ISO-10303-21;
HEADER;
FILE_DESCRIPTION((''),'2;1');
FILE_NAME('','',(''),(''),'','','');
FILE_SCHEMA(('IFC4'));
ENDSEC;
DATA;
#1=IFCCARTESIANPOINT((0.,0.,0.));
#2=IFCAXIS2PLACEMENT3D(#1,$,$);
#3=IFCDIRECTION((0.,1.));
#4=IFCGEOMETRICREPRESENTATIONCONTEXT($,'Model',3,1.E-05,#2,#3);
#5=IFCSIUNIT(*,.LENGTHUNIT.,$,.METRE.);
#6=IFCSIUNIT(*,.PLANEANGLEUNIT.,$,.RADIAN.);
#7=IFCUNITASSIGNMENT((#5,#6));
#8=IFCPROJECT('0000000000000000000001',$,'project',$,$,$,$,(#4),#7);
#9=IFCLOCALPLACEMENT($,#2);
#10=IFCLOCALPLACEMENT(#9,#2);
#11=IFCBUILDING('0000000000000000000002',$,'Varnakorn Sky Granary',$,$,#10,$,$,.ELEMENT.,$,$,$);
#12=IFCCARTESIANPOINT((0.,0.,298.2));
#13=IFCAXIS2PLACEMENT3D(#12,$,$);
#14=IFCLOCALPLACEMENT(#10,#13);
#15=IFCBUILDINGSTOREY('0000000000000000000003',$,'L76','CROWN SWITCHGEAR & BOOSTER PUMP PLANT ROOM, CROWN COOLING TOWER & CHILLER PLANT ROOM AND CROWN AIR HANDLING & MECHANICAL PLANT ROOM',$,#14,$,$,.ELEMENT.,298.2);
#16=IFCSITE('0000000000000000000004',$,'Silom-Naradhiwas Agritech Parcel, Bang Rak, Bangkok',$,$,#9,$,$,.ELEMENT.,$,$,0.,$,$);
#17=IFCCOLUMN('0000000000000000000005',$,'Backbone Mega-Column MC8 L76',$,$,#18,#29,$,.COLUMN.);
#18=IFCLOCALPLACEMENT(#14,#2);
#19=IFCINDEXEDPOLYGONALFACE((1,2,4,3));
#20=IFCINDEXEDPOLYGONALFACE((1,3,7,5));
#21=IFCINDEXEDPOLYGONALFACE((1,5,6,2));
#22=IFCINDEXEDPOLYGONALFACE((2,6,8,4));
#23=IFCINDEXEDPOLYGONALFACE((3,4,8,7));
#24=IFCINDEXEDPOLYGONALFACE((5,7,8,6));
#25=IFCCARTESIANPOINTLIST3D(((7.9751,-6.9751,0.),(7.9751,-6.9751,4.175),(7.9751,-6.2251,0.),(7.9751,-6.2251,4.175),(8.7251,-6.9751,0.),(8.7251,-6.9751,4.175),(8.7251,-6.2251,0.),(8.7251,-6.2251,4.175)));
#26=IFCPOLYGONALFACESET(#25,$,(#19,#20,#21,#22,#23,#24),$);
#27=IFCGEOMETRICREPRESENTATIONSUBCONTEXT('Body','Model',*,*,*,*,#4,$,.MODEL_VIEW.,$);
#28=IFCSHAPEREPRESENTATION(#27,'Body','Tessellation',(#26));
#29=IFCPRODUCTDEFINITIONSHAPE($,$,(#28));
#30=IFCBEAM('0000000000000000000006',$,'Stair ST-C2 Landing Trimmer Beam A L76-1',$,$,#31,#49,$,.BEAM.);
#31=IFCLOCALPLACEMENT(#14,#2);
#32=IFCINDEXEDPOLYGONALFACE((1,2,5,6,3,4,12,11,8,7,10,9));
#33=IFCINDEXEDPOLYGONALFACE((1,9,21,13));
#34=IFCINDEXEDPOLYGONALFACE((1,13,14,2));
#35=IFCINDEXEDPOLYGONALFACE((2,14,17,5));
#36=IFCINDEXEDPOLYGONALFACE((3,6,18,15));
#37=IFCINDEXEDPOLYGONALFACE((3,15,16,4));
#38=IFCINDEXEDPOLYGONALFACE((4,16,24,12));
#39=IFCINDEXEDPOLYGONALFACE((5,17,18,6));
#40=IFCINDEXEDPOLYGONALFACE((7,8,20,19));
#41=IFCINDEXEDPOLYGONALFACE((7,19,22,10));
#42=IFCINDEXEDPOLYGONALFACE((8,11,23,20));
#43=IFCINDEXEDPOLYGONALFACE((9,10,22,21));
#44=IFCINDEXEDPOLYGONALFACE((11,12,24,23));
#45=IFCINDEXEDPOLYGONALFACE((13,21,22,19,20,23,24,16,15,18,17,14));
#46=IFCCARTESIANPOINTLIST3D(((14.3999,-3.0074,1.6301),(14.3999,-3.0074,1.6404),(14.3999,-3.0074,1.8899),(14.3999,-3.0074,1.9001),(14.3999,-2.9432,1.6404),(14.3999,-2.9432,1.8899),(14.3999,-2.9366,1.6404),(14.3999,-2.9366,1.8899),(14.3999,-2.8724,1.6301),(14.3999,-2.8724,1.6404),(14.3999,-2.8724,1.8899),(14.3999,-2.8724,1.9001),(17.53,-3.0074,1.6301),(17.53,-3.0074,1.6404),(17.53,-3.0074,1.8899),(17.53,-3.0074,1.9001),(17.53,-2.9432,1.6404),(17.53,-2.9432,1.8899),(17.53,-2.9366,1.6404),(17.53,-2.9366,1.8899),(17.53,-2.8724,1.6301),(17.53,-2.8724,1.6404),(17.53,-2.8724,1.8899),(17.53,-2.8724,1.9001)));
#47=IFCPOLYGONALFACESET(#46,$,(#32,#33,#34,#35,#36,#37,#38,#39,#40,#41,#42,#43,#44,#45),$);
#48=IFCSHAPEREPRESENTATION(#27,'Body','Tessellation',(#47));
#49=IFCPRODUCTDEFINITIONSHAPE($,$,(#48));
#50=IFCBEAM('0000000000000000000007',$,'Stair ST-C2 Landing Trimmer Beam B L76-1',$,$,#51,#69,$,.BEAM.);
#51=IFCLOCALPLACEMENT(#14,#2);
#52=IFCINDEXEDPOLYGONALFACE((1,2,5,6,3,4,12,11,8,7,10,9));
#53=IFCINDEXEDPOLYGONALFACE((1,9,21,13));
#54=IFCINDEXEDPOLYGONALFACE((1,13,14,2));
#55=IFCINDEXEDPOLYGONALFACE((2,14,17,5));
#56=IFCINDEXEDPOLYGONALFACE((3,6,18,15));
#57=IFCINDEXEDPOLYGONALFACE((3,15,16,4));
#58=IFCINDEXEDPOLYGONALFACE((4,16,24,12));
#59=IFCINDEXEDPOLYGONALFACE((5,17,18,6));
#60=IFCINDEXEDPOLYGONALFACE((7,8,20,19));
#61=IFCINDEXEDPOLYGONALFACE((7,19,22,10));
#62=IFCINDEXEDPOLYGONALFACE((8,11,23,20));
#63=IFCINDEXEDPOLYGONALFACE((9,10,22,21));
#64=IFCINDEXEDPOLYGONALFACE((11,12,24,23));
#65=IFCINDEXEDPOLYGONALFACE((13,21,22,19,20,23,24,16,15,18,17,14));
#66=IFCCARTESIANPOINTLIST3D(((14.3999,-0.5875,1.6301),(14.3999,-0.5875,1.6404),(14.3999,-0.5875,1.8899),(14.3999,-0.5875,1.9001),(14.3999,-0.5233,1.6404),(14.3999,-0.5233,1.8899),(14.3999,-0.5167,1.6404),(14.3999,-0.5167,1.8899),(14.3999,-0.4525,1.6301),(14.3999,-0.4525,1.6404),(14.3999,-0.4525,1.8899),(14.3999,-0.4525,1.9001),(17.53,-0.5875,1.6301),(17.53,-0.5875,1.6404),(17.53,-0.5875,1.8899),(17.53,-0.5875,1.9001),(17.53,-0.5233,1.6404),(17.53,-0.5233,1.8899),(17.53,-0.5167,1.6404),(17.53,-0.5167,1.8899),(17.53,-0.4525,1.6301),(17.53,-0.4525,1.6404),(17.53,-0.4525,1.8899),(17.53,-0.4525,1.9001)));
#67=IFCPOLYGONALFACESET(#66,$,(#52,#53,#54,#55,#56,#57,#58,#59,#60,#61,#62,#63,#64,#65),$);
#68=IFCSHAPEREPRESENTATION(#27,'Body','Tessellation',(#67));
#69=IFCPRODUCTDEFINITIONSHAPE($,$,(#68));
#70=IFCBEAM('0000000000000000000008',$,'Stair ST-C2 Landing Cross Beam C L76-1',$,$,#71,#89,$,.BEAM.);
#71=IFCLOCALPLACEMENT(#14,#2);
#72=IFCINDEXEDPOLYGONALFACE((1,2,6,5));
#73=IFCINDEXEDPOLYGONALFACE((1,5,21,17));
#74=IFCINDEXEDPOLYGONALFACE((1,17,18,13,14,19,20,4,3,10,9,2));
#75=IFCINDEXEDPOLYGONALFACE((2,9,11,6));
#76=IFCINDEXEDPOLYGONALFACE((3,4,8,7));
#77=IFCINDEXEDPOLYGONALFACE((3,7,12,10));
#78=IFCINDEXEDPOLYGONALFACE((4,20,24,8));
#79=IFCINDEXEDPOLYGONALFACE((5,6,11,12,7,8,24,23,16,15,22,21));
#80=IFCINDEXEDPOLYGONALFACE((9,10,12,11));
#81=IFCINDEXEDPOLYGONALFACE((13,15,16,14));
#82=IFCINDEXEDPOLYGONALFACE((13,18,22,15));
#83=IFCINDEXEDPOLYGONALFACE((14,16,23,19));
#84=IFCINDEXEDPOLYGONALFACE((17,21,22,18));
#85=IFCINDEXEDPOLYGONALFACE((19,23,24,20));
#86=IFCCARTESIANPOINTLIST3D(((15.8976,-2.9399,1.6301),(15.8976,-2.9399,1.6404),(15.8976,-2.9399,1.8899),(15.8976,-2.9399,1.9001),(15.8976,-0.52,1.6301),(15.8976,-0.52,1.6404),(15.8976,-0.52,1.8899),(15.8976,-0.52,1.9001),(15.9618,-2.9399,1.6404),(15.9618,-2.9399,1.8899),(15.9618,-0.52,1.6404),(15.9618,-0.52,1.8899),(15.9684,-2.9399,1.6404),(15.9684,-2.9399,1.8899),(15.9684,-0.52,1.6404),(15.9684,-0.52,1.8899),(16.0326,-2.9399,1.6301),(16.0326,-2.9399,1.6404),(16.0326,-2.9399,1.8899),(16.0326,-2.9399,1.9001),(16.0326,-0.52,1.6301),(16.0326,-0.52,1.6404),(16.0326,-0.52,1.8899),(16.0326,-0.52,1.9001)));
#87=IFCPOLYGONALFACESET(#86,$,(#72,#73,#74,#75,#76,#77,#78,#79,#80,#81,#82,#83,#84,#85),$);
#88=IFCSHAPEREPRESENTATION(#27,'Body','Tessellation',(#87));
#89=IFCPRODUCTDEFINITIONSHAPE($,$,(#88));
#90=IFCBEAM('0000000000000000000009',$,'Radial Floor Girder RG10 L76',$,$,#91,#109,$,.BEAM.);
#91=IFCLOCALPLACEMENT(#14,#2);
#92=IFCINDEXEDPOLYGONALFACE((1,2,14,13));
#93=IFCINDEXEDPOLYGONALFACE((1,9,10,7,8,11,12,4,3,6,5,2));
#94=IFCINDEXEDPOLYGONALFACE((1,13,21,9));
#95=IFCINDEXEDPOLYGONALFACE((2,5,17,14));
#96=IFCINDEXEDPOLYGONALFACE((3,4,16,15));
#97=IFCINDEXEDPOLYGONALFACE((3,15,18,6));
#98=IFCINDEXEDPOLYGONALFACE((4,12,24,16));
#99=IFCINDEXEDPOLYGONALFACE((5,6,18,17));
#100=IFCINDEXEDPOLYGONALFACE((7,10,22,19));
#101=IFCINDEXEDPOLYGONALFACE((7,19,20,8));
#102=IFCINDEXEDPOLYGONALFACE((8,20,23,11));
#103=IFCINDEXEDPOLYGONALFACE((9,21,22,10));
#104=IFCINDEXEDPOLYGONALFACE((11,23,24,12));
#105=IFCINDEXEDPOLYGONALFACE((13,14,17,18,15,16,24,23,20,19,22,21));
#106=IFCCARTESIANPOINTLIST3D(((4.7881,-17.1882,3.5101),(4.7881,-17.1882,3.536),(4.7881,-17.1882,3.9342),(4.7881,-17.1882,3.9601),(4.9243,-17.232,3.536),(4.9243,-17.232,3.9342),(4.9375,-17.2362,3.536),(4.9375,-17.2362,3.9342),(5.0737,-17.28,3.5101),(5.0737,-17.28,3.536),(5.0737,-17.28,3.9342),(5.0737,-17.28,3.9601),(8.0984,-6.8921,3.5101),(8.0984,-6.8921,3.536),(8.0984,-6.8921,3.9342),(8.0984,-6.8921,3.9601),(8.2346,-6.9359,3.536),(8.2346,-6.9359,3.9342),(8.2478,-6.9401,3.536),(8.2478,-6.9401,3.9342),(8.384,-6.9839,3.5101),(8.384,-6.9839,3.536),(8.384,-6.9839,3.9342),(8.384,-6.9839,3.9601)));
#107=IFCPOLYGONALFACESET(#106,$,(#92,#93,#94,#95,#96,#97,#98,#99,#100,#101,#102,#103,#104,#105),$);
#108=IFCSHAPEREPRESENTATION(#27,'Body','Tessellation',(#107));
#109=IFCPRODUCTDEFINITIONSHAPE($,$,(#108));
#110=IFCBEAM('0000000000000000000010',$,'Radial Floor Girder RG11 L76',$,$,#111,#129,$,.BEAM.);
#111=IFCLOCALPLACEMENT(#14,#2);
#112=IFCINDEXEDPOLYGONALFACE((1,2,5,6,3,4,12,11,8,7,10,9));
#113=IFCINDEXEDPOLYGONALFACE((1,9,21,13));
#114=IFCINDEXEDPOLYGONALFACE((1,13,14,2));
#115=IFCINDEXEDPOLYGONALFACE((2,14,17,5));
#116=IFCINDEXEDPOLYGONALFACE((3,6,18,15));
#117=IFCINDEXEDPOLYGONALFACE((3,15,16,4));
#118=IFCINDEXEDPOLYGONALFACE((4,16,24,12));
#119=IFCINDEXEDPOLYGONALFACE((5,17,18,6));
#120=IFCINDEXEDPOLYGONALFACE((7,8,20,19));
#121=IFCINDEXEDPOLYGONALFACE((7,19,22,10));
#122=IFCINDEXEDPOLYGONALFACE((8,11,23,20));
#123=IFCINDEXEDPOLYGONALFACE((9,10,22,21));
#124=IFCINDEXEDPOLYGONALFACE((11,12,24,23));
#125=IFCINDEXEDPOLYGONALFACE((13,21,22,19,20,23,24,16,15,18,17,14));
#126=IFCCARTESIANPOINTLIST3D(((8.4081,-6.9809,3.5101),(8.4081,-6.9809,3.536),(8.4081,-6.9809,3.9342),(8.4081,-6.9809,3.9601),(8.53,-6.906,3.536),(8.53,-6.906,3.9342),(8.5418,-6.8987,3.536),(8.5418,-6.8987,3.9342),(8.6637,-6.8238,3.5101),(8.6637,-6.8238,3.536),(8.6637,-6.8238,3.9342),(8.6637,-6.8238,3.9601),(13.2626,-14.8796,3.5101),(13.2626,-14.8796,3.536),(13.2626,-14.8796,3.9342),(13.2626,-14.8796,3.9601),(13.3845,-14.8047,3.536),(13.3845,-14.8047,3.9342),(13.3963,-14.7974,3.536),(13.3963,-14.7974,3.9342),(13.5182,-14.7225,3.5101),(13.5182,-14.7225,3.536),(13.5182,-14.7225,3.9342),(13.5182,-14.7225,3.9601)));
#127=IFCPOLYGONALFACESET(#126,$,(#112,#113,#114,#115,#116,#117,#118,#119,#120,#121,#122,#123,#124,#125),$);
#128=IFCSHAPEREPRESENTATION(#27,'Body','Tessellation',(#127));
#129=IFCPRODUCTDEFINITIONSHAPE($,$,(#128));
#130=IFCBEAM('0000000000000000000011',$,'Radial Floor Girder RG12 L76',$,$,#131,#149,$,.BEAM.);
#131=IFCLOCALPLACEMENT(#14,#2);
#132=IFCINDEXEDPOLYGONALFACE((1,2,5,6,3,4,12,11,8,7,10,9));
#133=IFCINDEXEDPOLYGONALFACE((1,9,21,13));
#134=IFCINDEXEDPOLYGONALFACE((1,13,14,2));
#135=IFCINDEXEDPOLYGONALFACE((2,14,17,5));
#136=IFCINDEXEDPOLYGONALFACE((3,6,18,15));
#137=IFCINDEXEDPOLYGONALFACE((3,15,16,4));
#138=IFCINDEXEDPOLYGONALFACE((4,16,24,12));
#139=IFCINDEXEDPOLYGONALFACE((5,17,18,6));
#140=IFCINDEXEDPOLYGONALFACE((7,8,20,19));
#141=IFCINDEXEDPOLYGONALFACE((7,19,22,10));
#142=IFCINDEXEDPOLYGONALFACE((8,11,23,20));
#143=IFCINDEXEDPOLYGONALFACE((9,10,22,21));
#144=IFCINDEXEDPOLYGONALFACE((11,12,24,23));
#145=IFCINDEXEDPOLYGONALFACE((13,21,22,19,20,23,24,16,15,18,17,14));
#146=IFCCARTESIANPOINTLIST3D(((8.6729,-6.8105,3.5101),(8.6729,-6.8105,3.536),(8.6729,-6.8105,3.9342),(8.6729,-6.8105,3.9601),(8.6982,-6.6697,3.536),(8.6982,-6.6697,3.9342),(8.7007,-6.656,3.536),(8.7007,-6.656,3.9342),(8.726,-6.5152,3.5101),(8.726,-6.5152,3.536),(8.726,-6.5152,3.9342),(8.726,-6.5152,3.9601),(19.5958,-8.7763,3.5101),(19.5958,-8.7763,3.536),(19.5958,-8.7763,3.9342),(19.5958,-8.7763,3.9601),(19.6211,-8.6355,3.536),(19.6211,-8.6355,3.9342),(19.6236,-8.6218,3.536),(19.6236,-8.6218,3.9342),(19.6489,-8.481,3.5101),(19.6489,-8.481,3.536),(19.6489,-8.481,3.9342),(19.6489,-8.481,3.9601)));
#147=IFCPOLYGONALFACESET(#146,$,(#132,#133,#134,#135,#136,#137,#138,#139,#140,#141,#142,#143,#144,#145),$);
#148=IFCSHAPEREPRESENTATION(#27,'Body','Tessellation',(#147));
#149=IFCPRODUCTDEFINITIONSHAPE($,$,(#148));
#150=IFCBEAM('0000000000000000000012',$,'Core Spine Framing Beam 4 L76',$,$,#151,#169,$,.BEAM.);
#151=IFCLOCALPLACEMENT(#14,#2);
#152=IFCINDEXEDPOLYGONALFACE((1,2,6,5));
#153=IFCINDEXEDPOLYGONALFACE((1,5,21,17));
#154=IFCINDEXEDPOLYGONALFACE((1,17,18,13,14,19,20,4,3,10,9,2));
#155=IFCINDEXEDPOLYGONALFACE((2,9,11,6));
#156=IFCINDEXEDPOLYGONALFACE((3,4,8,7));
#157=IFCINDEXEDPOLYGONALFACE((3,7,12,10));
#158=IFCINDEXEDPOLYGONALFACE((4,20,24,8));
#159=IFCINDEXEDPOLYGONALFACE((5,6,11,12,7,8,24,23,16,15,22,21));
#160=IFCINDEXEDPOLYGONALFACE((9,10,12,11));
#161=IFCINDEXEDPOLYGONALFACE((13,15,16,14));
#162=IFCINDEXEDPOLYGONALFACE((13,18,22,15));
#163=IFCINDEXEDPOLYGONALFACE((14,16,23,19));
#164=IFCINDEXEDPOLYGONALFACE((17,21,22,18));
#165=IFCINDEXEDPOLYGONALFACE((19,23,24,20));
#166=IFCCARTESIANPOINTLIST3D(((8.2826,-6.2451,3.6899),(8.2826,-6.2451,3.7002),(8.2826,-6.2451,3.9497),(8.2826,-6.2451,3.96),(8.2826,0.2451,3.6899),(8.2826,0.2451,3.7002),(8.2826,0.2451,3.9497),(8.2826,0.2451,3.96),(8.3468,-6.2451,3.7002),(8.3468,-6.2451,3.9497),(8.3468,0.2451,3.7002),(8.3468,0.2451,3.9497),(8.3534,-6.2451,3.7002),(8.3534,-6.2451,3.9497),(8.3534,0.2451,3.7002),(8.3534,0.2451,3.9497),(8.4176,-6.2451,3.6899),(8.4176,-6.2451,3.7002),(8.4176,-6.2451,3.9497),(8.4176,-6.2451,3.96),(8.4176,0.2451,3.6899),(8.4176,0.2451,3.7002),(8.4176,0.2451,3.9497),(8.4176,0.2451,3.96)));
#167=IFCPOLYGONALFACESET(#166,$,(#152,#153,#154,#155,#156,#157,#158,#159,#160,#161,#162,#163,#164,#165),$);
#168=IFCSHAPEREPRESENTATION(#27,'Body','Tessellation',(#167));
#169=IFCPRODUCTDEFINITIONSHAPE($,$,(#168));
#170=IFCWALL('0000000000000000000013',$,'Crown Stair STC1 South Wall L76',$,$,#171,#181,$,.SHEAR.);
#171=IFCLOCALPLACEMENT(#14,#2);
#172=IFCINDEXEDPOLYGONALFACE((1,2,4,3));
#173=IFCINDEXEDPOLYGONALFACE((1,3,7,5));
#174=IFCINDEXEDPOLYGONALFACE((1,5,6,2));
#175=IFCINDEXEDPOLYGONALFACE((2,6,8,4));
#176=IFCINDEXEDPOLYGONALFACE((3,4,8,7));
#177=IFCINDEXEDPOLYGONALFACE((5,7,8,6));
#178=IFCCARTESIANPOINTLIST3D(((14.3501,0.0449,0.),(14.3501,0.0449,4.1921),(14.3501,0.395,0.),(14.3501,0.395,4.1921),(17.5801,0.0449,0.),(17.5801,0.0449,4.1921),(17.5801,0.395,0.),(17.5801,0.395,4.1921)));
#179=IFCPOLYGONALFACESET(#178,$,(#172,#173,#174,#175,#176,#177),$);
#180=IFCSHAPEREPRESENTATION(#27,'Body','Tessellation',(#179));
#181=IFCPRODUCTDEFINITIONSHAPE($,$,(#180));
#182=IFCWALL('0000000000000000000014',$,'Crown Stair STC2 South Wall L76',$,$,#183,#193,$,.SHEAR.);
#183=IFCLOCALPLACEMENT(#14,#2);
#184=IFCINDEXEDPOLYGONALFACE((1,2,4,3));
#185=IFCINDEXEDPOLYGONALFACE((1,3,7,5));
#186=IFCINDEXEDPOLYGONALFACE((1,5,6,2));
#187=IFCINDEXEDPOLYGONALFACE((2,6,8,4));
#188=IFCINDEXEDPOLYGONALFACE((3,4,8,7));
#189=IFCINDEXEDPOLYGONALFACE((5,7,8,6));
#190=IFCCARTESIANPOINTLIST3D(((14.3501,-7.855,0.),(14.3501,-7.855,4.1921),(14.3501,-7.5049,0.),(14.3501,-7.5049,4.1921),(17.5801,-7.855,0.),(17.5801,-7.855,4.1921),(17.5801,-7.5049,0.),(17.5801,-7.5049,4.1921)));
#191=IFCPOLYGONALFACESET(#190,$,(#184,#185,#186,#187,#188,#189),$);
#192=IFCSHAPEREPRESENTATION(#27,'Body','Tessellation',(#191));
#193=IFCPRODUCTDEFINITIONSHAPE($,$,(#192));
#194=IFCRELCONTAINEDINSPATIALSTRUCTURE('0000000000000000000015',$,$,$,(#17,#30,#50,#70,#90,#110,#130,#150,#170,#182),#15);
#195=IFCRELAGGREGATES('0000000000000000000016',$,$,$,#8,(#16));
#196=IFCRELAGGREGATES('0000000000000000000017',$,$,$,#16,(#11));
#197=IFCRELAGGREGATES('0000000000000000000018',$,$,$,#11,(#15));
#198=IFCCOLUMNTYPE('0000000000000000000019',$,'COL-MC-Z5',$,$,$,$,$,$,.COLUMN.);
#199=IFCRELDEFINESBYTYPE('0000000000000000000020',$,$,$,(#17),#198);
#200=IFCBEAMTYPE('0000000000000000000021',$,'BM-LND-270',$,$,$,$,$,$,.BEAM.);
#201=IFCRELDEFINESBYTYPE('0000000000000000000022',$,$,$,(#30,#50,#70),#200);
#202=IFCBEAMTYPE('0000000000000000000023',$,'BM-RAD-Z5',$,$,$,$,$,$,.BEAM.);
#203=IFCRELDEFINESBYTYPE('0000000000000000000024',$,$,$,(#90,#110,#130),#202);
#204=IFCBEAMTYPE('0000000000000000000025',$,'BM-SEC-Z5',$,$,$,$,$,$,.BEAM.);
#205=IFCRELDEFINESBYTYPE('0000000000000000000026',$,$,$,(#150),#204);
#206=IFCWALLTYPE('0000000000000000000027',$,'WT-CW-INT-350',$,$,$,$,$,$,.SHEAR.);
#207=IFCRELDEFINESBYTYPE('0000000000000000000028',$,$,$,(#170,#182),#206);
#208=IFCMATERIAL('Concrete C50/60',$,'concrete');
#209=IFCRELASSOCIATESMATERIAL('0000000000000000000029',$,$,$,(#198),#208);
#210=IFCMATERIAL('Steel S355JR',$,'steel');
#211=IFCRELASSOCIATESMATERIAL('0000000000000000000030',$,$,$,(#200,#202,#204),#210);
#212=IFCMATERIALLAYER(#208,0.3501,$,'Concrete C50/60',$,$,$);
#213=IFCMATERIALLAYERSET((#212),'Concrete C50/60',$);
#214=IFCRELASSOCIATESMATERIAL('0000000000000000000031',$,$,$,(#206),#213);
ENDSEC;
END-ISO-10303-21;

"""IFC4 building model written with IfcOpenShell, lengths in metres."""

from ifc_helpers import new_model, si_unit, direction, frame, frame_2d, origin, origin_2d, place, context, subcontext, project, spatial, rectangle, i_section, extrude, material, layer, layer_set, material_profile, profile_set, type_object, element, save


model = new_model("IFC4")

# Units and contexts
model_context = context("Model", 3, precision=1e-05, world=origin(), true_north=direction((0.0, 1.0)))
body_context = subcontext(model_context, "Body", "Model", "MODEL_VIEW")
ifc_project = project(units=[si_unit("LENGTHUNIT", "METRE"), si_unit("PLANEANGLEUNIT", "RADIAN")], contexts=[model_context])

# Site, building, storey
site_placement = place(None, origin())
site = spatial("IfcSite", under=ifc_project, at=site_placement, Name="Silom-Naradhiwas Agritech Parcel, Bang Rak, Bangkok", CompositionType="ELEMENT", RefElevation=0.0)
building_placement = place(site_placement, origin())
building = spatial("IfcBuilding", under=site, at=building_placement, Name="Varnakorn Sky Granary", CompositionType="ELEMENT")
storey_placement = place(building_placement, frame((0.0, 0.0, 298.2)))
storey = spatial("IfcBuildingStorey", under=building, at=storey_placement, Name="L76", Description="CROWN SWITCHGEAR & BOOSTER PUMP PLANT ROOM, CROWN COOLING TOWER & CHILLER PLANT ROOM AND CROWN AIR HANDLING & MECHANICAL PLANT ROOM", CompositionType="ELEMENT", Elevation=298.2)

# Column
ifc_material_1 = material(Name="Concrete C50/60", Category="concrete")
ifc_material_profile_1 = material_profile(ifc_material_1, rectangle(XDim=0.75, YDim=0.75, at=origin_2d()), Name="RC 750x750")
ifc_profile_set_1 = profile_set([ifc_material_profile_1], Name="Concrete C50/60")
column_type = type_object("IfcColumnType", Name="COL-MC-Z5", PredefinedType="COLUMN", material=ifc_profile_set_1)
column_placement = place(storey_placement, frame((8.3501, -6.6001, 0.0), z_axis=(0.0, 0.0, 1.0), x_axis=(1.0, 0.0, 0.0)))
element("IfcColumn", 1, at=column_placement, inside=storey, type_object=column_type, Name="Backbone Mega-Column MC8 L76", PredefinedType="COLUMN", context=body_context, shape_type="SweptSolid", body=[
    extrude(rectangle(XDim=0.75, YDim=0.75, at=origin_2d()), origin(), (0.0, 0.0, 1.0), 4.175),
])

# Beams
ifc_material_2 = material(Name="Steel S355JR", Category="steel")
ifc_material_profile_2 = material_profile(ifc_material_2, i_section(OverallWidth=0.135, OverallDepth=0.27, WebThickness=0.0066, FlangeThickness=0.0103, at=origin_2d()), Name="IPE 270")
ifc_profile_set_2 = profile_set([ifc_material_profile_2], Name="Steel S355JR")
beam_type_1 = type_object("IfcBeamType", Name="BM-LND-270", PredefinedType="BEAM", material=ifc_profile_set_2)
for number, where, z_axis, x_axis, name in (
    (2, (14.3999, -2.9399, 1.7651), (1.0, 0.0, 0.0), (0.0, 1.0, 0.0), "Stair ST-C2 Landing Trimmer Beam A L76-1"),
    (3, (14.3999, -0.52, 1.7651), (1.0, 0.0, 0.0), (0.0, 1.0, 0.0), "Stair ST-C2 Landing Trimmer Beam B L76-1"),
):
    element("IfcBeam", number, at=place(storey_placement, frame(where, z_axis=z_axis, x_axis=x_axis)), inside=storey, type_object=beam_type_1, Name=name, PredefinedType="BEAM", context=body_context, shape_type="SweptSolid", body=[
        extrude(i_section(OverallWidth=0.135, OverallDepth=0.27, WebThickness=0.0066, FlangeThickness=0.0103, at=origin_2d()), origin(), (0.0, 0.0, 1.0), 3.1301),
    ])
beam_1_placement = place(storey_placement, frame((15.9651, -2.9399, 1.7651), z_axis=(0.0, 1.0, 0.0), x_axis=(-1.0, 0.0, 0.0)))
element("IfcBeam", 4, at=beam_1_placement, inside=storey, type_object=beam_type_1, Name="Stair ST-C2 Landing Cross Beam C L76-1", PredefinedType="BEAM", context=body_context, shape_type="SweptSolid", body=[
    extrude(i_section(OverallWidth=0.135, OverallDepth=0.27, WebThickness=0.0066, FlangeThickness=0.0103, at=origin_2d()), origin(), (0.0, 0.0, 1.0), 2.4199),
])
ifc_material_profile_3 = material_profile(ifc_material_2, i_section(OverallWidth=0.3, OverallDepth=0.45, WebThickness=0.0139, FlangeThickness=0.0259, at=origin_2d()), Name="HE 450 B")
ifc_profile_set_3 = profile_set([ifc_material_profile_3], Name="Steel S355JR")
beam_type_2 = type_object("IfcBeamType", Name="BM-RAD-Z5", PredefinedType="BEAM", material=ifc_profile_set_3)
beam_2_placement = place(storey_placement, frame((8.2412, -6.938, 3.7351), z_axis=(-0.306079, -0.952006, 0.0), x_axis=(0.952006, -0.306079, 0.0)))
element("IfcBeam", 5, at=beam_2_placement, inside=storey, type_object=beam_type_2, Name="Radial Floor Girder RG10 L76", PredefinedType="BEAM", context=body_context, shape_type="SweptSolid", body=[
    extrude(i_section(OverallWidth=0.3, OverallDepth=0.45, WebThickness=0.0139, FlangeThickness=0.0259, at=origin_2d()), origin(), (0.0, 0.0, 1.0), 10.8152),
])
beam_3_placement = place(storey_placement, frame((8.5359, -6.9023, 3.7351), z_axis=(0.52361, -0.851958, 0.0), x_axis=(0.851958, 0.52361, 0.0)))
element("IfcBeam", 6, at=beam_3_placement, inside=storey, type_object=beam_type_2, Name="Radial Floor Girder RG11 L76", PredefinedType="BEAM", context=body_context, shape_type="SweptSolid", body=[
    extrude(i_section(OverallWidth=0.3, OverallDepth=0.45, WebThickness=0.0139, FlangeThickness=0.0259, at=origin_2d()), origin(), (0.0, 0.0, 1.0), 9.2712),
])
beam_4_placement = place(storey_placement, frame((8.6995, -6.6628, 3.7351), z_axis=(0.984188, -0.177127, 0.0), x_axis=(0.177127, 0.984188, 0.0)))
element("IfcBeam", 7, at=beam_4_placement, inside=storey, type_object=beam_type_2, Name="Radial Floor Girder RG12 L76", PredefinedType="BEAM", context=body_context, shape_type="SweptSolid", body=[
    extrude(i_section(OverallWidth=0.3, OverallDepth=0.45, WebThickness=0.0139, FlangeThickness=0.0259, at=origin_2d()), origin(), (0.0, 0.0, 1.0), 11.0984),
])
ifc_material_profile_4 = material_profile(ifc_material_2, i_section(OverallWidth=0.135, OverallDepth=0.27, WebThickness=0.0066, FlangeThickness=0.0103, at=origin_2d()), Name="IPE 270")
ifc_profile_set_4 = profile_set([ifc_material_profile_4], Name="Steel S355JR")
beam_type_3 = type_object("IfcBeamType", Name="BM-SEC-Z5", PredefinedType="BEAM", material=ifc_profile_set_4)
beam_5_placement = place(storey_placement, frame((8.3501, 0.2451, 3.825), z_axis=(0.0, -1.0, 0.0), x_axis=(1.0, 0.0, 0.0)))
element("IfcBeam", 8, at=beam_5_placement, inside=storey, type_object=beam_type_3, Name="Core Spine Framing Beam 4 L76", PredefinedType="BEAM", context=body_context, shape_type="SweptSolid", body=[
    extrude(i_section(OverallWidth=0.135, OverallDepth=0.27, WebThickness=0.0066, FlangeThickness=0.0103, at=origin_2d()), origin(), (0.0, 0.0, 1.0), 6.4902),
])

# Walls
ifc_layer_1 = layer(ifc_material_1, 0.3501, Name="Concrete C50/60")
ifc_layer_set_1 = layer_set([ifc_layer_1], Name="Concrete C50/60")
wall_type_1 = type_object("IfcWallType", Name="WT-CW-INT-350", PredefinedType="SHEAR", material=ifc_layer_set_1)
for number, where, z_axis, x_axis, name in (
    (9, (14.3501, 0.22, 0.0), (0.0, 0.0, 1.0), (1.0, 0.0, 0.0), "Crown Stair STC1 South Wall L76"),
    (10, (14.3501, -7.6799, 0.0), (0.0, 0.0, 1.0), (1.0, 0.0, 0.0), "Crown Stair STC2 South Wall L76"),
):
    element("IfcWall", number, at=place(storey_placement, frame(where, z_axis=z_axis, x_axis=x_axis)), inside=storey, type_object=wall_type_1, Name=name, PredefinedType="SHEAR", context=body_context, shape_type="SweptSolid", body=[
        extrude(rectangle(XDim=3.23, YDim=0.3501, at=frame_2d((1.615, 0.0))), origin(), (0.0, 0.0, 1.0), 4.1921),
    ])

save(model, "model.ifc")
